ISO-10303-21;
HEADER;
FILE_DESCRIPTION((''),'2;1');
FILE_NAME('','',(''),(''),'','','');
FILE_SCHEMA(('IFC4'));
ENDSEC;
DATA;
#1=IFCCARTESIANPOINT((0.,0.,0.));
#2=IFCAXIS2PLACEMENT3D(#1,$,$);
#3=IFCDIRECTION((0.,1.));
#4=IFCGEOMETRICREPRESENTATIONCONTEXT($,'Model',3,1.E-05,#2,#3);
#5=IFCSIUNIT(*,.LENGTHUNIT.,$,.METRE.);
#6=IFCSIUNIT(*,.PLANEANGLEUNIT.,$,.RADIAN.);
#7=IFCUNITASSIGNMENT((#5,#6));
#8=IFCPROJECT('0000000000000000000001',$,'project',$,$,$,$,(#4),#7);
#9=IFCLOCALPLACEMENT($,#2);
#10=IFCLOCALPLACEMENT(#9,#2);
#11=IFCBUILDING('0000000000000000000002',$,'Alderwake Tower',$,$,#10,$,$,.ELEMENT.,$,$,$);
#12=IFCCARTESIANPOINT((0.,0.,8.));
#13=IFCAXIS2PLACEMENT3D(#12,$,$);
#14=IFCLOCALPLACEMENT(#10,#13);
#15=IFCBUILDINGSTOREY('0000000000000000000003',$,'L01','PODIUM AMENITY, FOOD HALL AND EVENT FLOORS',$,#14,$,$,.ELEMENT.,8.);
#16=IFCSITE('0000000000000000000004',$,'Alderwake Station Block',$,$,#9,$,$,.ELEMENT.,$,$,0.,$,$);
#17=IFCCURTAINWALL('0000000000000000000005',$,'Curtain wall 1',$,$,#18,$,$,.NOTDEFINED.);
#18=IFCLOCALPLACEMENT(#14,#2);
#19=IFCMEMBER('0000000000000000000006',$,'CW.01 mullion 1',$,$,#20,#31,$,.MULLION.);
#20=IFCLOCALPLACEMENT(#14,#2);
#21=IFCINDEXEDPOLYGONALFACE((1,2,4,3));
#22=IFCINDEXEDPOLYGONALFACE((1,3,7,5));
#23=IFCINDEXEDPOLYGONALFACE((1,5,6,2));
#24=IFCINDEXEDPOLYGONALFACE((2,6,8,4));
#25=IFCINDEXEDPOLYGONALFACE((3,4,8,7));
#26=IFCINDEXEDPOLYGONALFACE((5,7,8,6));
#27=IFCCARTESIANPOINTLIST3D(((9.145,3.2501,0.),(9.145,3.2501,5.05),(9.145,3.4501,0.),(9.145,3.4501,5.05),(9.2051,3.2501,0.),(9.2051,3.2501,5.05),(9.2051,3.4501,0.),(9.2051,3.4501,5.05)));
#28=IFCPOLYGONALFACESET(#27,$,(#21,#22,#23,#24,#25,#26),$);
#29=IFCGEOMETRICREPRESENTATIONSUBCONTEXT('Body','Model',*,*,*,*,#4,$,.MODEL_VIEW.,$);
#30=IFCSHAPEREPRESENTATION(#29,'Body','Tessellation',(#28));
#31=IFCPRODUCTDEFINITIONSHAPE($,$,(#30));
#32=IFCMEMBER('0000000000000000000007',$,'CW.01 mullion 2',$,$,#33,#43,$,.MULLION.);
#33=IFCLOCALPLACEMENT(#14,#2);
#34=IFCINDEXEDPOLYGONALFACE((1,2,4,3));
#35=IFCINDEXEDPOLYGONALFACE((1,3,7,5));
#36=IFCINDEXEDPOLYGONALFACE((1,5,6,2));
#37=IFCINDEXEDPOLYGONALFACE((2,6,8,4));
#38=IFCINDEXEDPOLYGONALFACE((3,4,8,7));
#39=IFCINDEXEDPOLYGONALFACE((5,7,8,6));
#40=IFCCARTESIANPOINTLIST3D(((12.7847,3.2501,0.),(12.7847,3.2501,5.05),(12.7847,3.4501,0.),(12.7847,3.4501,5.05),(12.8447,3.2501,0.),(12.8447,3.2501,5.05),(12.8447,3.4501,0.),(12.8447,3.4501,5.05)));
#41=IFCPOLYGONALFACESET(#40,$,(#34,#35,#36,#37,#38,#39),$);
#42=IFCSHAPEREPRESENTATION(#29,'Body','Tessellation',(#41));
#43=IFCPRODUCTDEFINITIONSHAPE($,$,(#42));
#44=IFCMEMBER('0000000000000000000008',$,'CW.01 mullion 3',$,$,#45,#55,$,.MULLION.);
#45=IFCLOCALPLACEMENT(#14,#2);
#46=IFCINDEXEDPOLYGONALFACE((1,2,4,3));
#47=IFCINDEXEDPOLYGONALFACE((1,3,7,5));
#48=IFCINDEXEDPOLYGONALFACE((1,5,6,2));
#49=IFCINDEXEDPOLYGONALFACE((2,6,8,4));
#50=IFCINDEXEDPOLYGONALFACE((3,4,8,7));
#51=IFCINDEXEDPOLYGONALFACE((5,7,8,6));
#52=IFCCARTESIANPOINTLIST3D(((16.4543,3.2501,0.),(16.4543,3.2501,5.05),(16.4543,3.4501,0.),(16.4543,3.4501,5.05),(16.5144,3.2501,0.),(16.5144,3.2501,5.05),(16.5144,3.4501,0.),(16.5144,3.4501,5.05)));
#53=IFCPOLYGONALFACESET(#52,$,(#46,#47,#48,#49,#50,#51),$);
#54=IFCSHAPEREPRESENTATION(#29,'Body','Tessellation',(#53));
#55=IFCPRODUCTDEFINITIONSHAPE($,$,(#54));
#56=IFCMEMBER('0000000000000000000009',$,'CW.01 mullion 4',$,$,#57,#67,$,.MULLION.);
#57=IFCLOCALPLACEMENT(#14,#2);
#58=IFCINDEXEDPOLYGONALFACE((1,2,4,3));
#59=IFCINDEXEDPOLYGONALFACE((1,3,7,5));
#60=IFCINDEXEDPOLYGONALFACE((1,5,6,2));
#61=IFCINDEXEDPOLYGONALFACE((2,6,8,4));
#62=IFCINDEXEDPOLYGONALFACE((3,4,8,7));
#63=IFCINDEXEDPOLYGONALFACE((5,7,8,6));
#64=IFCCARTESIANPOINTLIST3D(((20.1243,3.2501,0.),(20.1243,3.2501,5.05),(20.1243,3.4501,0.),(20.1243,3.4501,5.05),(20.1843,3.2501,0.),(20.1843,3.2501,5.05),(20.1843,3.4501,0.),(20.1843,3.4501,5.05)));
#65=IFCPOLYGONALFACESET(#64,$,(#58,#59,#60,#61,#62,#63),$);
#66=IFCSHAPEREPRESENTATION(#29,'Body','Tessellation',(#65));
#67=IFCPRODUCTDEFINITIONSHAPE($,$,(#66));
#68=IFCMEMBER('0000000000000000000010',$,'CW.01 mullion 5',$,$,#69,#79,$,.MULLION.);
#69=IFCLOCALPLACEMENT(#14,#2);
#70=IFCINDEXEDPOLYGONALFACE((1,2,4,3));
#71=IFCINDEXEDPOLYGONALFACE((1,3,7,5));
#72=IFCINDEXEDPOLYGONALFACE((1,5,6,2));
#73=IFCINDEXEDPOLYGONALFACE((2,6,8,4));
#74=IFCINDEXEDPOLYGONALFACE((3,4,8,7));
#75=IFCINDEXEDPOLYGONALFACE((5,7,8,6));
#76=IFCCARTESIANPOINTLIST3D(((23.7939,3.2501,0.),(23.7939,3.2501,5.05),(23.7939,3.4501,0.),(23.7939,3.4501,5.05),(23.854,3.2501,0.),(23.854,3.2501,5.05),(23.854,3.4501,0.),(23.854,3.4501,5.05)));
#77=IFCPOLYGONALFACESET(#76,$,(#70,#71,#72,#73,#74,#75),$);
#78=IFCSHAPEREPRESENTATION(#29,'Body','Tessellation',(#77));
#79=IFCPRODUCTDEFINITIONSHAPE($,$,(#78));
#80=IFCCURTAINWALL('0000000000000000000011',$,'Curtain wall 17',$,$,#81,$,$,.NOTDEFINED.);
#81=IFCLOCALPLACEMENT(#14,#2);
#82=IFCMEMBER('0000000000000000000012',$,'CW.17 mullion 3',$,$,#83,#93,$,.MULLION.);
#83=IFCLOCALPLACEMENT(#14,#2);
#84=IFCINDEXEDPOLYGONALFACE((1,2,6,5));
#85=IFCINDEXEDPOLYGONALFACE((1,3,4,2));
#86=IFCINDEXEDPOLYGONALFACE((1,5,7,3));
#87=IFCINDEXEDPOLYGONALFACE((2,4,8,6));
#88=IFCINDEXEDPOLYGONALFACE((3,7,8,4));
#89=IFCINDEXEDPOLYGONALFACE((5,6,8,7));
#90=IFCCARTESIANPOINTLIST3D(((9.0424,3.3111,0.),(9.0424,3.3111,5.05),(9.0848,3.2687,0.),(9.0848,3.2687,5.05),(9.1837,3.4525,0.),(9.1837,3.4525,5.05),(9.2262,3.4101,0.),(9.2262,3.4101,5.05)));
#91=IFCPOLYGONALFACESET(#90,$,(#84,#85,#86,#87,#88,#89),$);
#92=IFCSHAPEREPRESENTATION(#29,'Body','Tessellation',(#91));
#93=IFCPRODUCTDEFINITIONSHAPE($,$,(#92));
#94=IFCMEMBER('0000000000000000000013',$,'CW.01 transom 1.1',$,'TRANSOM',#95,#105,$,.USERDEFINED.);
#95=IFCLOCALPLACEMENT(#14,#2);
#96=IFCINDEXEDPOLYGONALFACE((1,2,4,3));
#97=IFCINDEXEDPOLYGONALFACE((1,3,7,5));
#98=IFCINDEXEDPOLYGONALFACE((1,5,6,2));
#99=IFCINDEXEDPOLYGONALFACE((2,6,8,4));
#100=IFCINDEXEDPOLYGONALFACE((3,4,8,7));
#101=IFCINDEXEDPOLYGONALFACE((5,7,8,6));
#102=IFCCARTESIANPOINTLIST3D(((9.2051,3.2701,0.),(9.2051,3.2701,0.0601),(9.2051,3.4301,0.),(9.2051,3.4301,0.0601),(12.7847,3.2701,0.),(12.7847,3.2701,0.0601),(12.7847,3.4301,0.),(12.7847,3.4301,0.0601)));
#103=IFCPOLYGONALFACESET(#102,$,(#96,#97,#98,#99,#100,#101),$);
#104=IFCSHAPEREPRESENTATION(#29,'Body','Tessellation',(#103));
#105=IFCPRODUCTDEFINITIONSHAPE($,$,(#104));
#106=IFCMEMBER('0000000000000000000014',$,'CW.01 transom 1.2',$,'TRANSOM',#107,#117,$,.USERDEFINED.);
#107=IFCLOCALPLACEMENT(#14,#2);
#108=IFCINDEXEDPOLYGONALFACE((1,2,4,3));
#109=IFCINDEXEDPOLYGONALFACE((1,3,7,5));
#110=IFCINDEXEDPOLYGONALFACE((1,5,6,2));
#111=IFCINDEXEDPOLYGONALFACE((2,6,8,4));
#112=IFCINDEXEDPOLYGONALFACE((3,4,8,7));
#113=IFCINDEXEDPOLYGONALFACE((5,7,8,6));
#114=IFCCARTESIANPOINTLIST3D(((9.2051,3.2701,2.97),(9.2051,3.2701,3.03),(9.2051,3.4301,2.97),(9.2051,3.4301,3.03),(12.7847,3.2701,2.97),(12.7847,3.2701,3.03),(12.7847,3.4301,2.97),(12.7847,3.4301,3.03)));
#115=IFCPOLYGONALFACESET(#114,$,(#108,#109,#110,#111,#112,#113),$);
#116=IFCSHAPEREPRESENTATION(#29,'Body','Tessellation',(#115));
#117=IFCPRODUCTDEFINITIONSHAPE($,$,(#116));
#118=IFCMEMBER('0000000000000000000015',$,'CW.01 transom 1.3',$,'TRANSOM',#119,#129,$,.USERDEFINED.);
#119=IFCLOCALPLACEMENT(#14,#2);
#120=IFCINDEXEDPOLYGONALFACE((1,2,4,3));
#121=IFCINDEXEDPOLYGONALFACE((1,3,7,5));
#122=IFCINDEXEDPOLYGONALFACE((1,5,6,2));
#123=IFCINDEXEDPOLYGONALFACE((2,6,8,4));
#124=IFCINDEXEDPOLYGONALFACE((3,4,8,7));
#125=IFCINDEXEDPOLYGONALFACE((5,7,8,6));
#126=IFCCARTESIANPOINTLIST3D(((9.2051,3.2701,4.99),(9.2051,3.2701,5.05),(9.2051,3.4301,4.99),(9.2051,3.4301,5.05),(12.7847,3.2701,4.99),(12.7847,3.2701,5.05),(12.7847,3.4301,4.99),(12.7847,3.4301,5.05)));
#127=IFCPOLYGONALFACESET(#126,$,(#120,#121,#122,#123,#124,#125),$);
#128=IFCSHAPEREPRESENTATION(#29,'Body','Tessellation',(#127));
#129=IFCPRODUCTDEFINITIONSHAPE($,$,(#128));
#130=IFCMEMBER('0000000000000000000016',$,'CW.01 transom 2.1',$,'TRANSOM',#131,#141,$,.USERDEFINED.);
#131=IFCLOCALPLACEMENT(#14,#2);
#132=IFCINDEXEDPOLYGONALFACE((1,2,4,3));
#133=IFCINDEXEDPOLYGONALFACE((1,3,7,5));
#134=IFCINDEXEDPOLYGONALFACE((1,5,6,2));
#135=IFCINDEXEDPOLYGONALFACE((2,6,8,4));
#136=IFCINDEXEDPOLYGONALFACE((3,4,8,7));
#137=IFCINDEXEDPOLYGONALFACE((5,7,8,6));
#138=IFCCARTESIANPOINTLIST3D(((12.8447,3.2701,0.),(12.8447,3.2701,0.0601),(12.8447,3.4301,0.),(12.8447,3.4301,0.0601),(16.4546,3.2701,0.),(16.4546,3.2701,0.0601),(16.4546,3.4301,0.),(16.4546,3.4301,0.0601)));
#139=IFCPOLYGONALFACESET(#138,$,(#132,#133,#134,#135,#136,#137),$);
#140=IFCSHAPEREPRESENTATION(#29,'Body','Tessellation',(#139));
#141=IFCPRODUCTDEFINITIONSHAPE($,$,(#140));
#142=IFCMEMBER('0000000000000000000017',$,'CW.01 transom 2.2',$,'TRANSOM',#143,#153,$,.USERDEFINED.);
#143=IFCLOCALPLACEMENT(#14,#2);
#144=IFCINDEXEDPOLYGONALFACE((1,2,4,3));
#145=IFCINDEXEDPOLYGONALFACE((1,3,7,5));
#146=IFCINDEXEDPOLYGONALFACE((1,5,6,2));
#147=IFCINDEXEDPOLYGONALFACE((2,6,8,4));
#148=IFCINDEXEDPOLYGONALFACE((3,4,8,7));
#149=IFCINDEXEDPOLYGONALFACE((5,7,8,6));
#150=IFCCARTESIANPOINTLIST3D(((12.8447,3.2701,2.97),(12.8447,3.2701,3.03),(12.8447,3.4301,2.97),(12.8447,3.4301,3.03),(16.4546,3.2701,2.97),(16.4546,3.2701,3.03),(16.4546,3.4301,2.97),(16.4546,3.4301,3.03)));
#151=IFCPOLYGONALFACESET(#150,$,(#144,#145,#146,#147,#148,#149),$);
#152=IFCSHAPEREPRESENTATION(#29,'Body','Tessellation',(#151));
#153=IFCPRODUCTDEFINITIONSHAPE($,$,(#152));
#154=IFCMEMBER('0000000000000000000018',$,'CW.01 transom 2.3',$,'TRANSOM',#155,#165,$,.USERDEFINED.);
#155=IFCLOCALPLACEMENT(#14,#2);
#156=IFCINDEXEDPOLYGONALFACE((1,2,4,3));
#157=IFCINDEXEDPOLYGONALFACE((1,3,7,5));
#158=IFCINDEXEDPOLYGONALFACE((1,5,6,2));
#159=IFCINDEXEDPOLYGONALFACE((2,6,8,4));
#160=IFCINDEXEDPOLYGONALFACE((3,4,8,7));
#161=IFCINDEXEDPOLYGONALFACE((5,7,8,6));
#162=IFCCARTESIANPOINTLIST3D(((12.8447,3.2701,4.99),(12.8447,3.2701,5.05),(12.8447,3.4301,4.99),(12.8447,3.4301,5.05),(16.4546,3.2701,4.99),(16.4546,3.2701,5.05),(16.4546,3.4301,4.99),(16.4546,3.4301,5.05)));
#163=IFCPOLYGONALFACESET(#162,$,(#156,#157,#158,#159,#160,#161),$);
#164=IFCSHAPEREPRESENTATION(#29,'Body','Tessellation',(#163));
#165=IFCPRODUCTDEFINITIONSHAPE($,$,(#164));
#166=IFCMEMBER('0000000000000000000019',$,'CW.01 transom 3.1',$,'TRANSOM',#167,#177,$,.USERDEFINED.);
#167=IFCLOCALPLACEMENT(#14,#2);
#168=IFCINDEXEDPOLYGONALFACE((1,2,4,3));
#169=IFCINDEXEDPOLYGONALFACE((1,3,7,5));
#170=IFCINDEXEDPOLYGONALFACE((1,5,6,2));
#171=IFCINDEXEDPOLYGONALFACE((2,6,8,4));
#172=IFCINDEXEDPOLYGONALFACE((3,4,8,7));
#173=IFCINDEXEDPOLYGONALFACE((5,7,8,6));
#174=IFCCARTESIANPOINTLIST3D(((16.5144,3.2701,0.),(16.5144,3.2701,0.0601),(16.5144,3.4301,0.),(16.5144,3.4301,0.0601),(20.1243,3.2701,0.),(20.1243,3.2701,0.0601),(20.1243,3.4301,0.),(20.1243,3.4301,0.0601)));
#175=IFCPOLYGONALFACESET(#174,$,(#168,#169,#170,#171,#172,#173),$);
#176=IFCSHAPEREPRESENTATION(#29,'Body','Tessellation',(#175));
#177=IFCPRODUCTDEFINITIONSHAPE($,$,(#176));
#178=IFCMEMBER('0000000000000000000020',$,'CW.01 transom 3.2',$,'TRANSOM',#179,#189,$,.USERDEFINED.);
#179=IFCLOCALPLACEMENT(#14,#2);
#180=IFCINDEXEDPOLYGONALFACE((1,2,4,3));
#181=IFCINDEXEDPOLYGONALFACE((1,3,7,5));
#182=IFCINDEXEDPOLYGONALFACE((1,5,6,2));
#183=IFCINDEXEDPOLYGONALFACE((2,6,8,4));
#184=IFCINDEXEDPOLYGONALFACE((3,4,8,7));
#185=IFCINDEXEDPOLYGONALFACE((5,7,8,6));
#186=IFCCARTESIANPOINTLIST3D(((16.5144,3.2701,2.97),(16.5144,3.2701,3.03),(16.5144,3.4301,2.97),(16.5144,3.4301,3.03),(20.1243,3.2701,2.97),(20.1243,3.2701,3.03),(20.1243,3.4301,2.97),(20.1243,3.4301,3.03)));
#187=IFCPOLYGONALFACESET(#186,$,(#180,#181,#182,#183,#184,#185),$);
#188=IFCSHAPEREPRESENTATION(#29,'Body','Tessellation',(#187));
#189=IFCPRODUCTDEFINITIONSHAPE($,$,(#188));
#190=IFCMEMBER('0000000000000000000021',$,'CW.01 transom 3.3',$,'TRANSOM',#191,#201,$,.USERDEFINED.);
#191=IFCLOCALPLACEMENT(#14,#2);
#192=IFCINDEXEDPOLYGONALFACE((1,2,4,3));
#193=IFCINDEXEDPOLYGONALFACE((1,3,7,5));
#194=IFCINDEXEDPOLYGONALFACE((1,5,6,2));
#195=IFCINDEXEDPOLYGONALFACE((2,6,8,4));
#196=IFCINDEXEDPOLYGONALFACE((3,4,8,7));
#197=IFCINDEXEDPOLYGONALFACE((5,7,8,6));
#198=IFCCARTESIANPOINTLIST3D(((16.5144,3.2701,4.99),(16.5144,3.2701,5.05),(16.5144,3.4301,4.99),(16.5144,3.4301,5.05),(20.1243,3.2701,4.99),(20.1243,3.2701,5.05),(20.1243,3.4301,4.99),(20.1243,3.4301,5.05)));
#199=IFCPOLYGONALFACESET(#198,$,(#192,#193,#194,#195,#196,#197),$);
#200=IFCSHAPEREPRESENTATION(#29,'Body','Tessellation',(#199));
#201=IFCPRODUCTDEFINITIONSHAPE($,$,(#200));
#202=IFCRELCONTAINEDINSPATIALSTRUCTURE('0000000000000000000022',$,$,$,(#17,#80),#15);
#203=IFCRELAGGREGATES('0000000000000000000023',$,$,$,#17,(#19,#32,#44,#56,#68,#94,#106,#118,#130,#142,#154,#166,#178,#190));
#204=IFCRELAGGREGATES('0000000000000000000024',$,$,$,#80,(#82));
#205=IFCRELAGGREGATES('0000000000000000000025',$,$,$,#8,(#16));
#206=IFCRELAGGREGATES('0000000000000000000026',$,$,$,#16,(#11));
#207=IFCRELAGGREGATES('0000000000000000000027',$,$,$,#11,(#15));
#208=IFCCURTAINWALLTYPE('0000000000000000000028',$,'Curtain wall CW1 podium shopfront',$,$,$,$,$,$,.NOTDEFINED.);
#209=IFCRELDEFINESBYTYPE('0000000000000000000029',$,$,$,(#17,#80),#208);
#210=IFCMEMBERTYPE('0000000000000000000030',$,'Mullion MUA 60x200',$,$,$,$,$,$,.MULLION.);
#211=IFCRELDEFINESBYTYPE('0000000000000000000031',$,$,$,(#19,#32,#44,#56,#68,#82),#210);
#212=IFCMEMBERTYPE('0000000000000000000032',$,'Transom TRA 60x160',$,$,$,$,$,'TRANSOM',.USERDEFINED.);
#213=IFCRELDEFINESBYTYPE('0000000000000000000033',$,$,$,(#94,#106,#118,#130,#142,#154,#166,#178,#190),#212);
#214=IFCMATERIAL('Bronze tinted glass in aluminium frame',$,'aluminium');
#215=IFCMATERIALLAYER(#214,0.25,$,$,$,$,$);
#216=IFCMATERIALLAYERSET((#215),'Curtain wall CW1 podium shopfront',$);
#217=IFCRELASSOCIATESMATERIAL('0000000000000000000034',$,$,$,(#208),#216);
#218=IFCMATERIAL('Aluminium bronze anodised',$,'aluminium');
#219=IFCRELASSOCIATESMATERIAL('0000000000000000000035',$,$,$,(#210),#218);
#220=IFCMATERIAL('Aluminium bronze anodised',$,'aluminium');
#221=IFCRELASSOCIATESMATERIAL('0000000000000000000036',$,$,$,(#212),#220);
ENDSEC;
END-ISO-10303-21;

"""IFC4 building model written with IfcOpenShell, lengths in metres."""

from ifc_helpers import new_model, si_unit, direction, frame, origin, origin_2d, place, context, subcontext, project, spatial, rectangle, extrude, material, layer, layer_set, material_profile, profile_set, type_object, element, aggregate, save


model = new_model("IFC4")

# Units and contexts
model_context = context("Model", 3, precision=1e-05, world=origin(), true_north=direction((0.0, 1.0)))
body_context = subcontext(model_context, "Body", "Model", "MODEL_VIEW")
ifc_project = project(units=[si_unit("LENGTHUNIT", "METRE"), si_unit("PLANEANGLEUNIT", "RADIAN")], contexts=[model_context])

# Site, building, storey
site_placement = place(None, origin())
site = spatial("IfcSite", under=ifc_project, at=site_placement, Name="Alderwake Station Block", CompositionType="ELEMENT", RefElevation=0.0)
building_placement = place(site_placement, origin())
building = spatial("IfcBuilding", under=site, at=building_placement, Name="Alderwake Tower", CompositionType="ELEMENT")
storey_placement = place(building_placement, frame((0.0, 0.0, 8.0)))
storey = spatial("IfcBuildingStorey", under=building, at=storey_placement, Name="L01", Description="PODIUM AMENITY, FOOD HALL AND EVENT FLOORS", CompositionType="ELEMENT", Elevation=8.0)

# Curtain wall, members
ifc_material_1 = material(Name="Bronze tinted glass in aluminium frame", Category="aluminium")
ifc_layer_1 = layer(ifc_material_1, 0.25)
ifc_layer_set_1 = layer_set([ifc_layer_1], Name="Curtain wall CW1 podium shopfront")
curtain_wall_type = type_object("IfcCurtainWallType", Name="Curtain wall CW1 podium shopfront", PredefinedType="NOTDEFINED", material=ifc_layer_set_1)
curtain_wall_1_placement = place(storey_placement, origin())
curtain_wall_1 = element("IfcCurtainWall", 1, at=curtain_wall_1_placement, inside=storey, type_object=curtain_wall_type, Name="Curtain wall 1", PredefinedType="NOTDEFINED")
ifc_material_2 = material(Name="Aluminium bronze anodised", Category="aluminium")
ifc_material_profile_1 = material_profile(ifc_material_2, rectangle(XDim=0.2, YDim=0.0601, at=origin_2d()), Name="Mullion MUA 60x200")
ifc_profile_set_1 = profile_set([ifc_material_profile_1], Name="Aluminium bronze anodised")
member_type_1 = type_object("IfcMemberType", Name="Mullion MUA 60x200", PredefinedType="MULLION", material=ifc_profile_set_1)
member_1_placement = place(storey_placement, frame((9.175, 3.3501, 0.0), z_axis=(0.0, 0.0, 1.0), x_axis=(0.0, 1.0, 0.0)))
member_1 = element("IfcMember", 2, at=member_1_placement, type_object=member_type_1, Name="CW.01 mullion 1", PredefinedType="MULLION", context=body_context, shape_type="SweptSolid", body=[
    extrude(rectangle(XDim=0.2, YDim=0.0601, at=origin_2d()), origin(), (0.0, 0.0, 1.0), 5.05),
])
member_2_placement = place(storey_placement, frame((12.8147, 3.3501, 0.0), z_axis=(0.0, 0.0, 1.0), x_axis=(0.0, 1.0, 0.0)))
member_2 = element("IfcMember", 3, at=member_2_placement, type_object=member_type_1, Name="CW.01 mullion 2", PredefinedType="MULLION", context=body_context, shape_type="SweptSolid", body=[
    extrude(rectangle(XDim=0.2, YDim=0.0601, at=origin_2d()), origin(), (0.0, 0.0, 1.0), 5.05),
])
member_3_placement = place(storey_placement, frame((16.4844, 3.3501, 0.0), z_axis=(0.0, 0.0, 1.0), x_axis=(0.0, 1.0, 0.0)))
member_3 = element("IfcMember", 4, at=member_3_placement, type_object=member_type_1, Name="CW.01 mullion 3", PredefinedType="MULLION", context=body_context, shape_type="SweptSolid", body=[
    extrude(rectangle(XDim=0.2, YDim=0.0601, at=origin_2d()), origin(), (0.0, 0.0, 1.0), 5.05),
])
member_4_placement = place(storey_placement, frame((20.1543, 3.3501, 0.0), z_axis=(0.0, 0.0, 1.0), x_axis=(0.0, 1.0, 0.0)))
member_4 = element("IfcMember", 5, at=member_4_placement, type_object=member_type_1, Name="CW.01 mullion 4", PredefinedType="MULLION", context=body_context, shape_type="SweptSolid", body=[
    extrude(rectangle(XDim=0.2, YDim=0.0601, at=origin_2d()), origin(), (0.0, 0.0, 1.0), 5.05),
])
member_5_placement = place(storey_placement, frame((23.824, 3.3501, 0.0), z_axis=(0.0, 0.0, 1.0), x_axis=(0.0, 1.0, 0.0)))
member_5 = element("IfcMember", 6, at=member_5_placement, type_object=member_type_1, Name="CW.01 mullion 5", PredefinedType="MULLION", context=body_context, shape_type="SweptSolid", body=[
    extrude(rectangle(XDim=0.2, YDim=0.0601, at=origin_2d()), origin(), (0.0, 0.0, 1.0), 5.05),
])

# Curtain wall, member
curtain_wall_2_placement = place(storey_placement, origin())
curtain_wall_2 = element("IfcCurtainWall", 7, at=curtain_wall_2_placement, inside=storey, type_object=curtain_wall_type, Name="Curtain wall 17", PredefinedType="NOTDEFINED")
member_6_placement = place(storey_placement, frame((9.1343, 3.3606, 0.0), z_axis=(0.0, 0.0, 1.0), x_axis=(0.707107, 0.707107, 0.0)))
member_6 = element("IfcMember", 8, at=member_6_placement, type_object=member_type_1, Name="CW.17 mullion 3", PredefinedType="MULLION", context=body_context, shape_type="SweptSolid", body=[
    extrude(rectangle(XDim=0.2, YDim=0.0601, at=origin_2d()), origin(), (0.0, 0.0, 1.0), 5.05),
])

# Members
ifc_material_3 = material(Name="Aluminium bronze anodised", Category="aluminium")
ifc_material_profile_2 = material_profile(ifc_material_3, rectangle(XDim=0.1599, YDim=0.0601, at=origin_2d()), Name="Transom TRA 60x160")
ifc_profile_set_2 = profile_set([ifc_material_profile_2], Name="Aluminium bronze anodised")
member_type_2 = type_object("IfcMemberType", Name="Transom TRA 60x160", ElementType="TRANSOM", PredefinedType="USERDEFINED", material=ifc_profile_set_2)
member_7_placement = place(storey_placement, frame((9.2051, 3.3501, 0.03), z_axis=(1.0, 0.0, 0.0), x_axis=(0.0, 1.0, 0.0)))
member_7 = element("IfcMember", 9, at=member_7_placement, type_object=member_type_2, Name="CW.01 transom 1.1", ObjectType="TRANSOM", PredefinedType="USERDEFINED", context=body_context, shape_type="SweptSolid", body=[
    extrude(rectangle(XDim=0.1599, YDim=0.0601, at=origin_2d()), origin(), (0.0, 0.0, 1.0), 3.5796),
])
member_8_placement = place(storey_placement, frame((9.2051, 3.3501, 3.0), z_axis=(1.0, 0.0, 0.0), x_axis=(0.0, 1.0, 0.0)))
member_8 = element("IfcMember", 10, at=member_8_placement, type_object=member_type_2, Name="CW.01 transom 1.2", ObjectType="TRANSOM", PredefinedType="USERDEFINED", context=body_context, shape_type="SweptSolid", body=[
    extrude(rectangle(XDim=0.1599, YDim=0.0601, at=origin_2d()), origin(), (0.0, 0.0, 1.0), 3.5796),
])
member_9_placement = place(storey_placement, frame((9.2051, 3.3501, 5.02), z_axis=(1.0, 0.0, 0.0), x_axis=(0.0, 1.0, 0.0)))
member_9 = element("IfcMember", 11, at=member_9_placement, type_object=member_type_2, Name="CW.01 transom 1.3", ObjectType="TRANSOM", PredefinedType="USERDEFINED", context=body_context, shape_type="SweptSolid", body=[
    extrude(rectangle(XDim=0.1599, YDim=0.0601, at=origin_2d()), origin(), (0.0, 0.0, 1.0), 3.5796),
])
member_10_placement = place(storey_placement, frame((12.8447, 3.3501, 0.03), z_axis=(1.0, 0.0, 0.0), x_axis=(0.0, 1.0, 0.0)))
member_10 = element("IfcMember", 12, at=member_10_placement, type_object=member_type_2, Name="CW.01 transom 2.1", ObjectType="TRANSOM", PredefinedType="USERDEFINED", context=body_context, shape_type="SweptSolid", body=[
    extrude(rectangle(XDim=0.1599, YDim=0.0601, at=origin_2d()), origin(), (0.0, 0.0, 1.0), 3.6099),
])
member_11_placement = place(storey_placement, frame((12.8447, 3.3501, 3.0), z_axis=(1.0, 0.0, 0.0), x_axis=(0.0, 1.0, 0.0)))
member_11 = element("IfcMember", 13, at=member_11_placement, type_object=member_type_2, Name="CW.01 transom 2.2", ObjectType="TRANSOM", PredefinedType="USERDEFINED", context=body_context, shape_type="SweptSolid", body=[
    extrude(rectangle(XDim=0.1599, YDim=0.0601, at=origin_2d()), origin(), (0.0, 0.0, 1.0), 3.6099),
])
member_12_placement = place(storey_placement, frame((12.8447, 3.3501, 5.02), z_axis=(1.0, 0.0, 0.0), x_axis=(0.0, 1.0, 0.0)))
member_12 = element("IfcMember", 14, at=member_12_placement, type_object=member_type_2, Name="CW.01 transom 2.3", ObjectType="TRANSOM", PredefinedType="USERDEFINED", context=body_context, shape_type="SweptSolid", body=[
    extrude(rectangle(XDim=0.1599, YDim=0.0601, at=origin_2d()), origin(), (0.0, 0.0, 1.0), 3.6099),
])
member_13_placement = place(storey_placement, frame((16.5144, 3.3501, 0.03), z_axis=(1.0, 0.0, 0.0), x_axis=(0.0, 1.0, 0.0)))
member_13 = element("IfcMember", 15, at=member_13_placement, type_object=member_type_2, Name="CW.01 transom 3.1", ObjectType="TRANSOM", PredefinedType="USERDEFINED", context=body_context, shape_type="SweptSolid", body=[
    extrude(rectangle(XDim=0.1599, YDim=0.0601, at=origin_2d()), origin(), (0.0, 0.0, 1.0), 3.6099),
])
member_14_placement = place(storey_placement, frame((16.5144, 3.3501, 3.0), z_axis=(1.0, 0.0, 0.0), x_axis=(0.0, 1.0, 0.0)))
member_14 = element("IfcMember", 16, at=member_14_placement, type_object=member_type_2, Name="CW.01 transom 3.2", ObjectType="TRANSOM", PredefinedType="USERDEFINED", context=body_context, shape_type="SweptSolid", body=[
    extrude(rectangle(XDim=0.1599, YDim=0.0601, at=origin_2d()), origin(), (0.0, 0.0, 1.0), 3.6099),
])
member_15_placement = place(storey_placement, frame((16.5144, 3.3501, 5.02), z_axis=(1.0, 0.0, 0.0), x_axis=(0.0, 1.0, 0.0)))
member_15 = element("IfcMember", 17, at=member_15_placement, type_object=member_type_2, Name="CW.01 transom 3.3", ObjectType="TRANSOM", PredefinedType="USERDEFINED", context=body_context, shape_type="SweptSolid", body=[
    extrude(rectangle(XDim=0.1599, YDim=0.0601, at=origin_2d()), origin(), (0.0, 0.0, 1.0), 3.6099),
])

aggregate(curtain_wall_1, [member_1, member_2, member_3, member_4, member_5, member_7, member_8, member_9, member_10, member_11, member_12, member_13, member_14, member_15])
aggregate(curtain_wall_2, [member_6])

save(model, "model.ifc")
